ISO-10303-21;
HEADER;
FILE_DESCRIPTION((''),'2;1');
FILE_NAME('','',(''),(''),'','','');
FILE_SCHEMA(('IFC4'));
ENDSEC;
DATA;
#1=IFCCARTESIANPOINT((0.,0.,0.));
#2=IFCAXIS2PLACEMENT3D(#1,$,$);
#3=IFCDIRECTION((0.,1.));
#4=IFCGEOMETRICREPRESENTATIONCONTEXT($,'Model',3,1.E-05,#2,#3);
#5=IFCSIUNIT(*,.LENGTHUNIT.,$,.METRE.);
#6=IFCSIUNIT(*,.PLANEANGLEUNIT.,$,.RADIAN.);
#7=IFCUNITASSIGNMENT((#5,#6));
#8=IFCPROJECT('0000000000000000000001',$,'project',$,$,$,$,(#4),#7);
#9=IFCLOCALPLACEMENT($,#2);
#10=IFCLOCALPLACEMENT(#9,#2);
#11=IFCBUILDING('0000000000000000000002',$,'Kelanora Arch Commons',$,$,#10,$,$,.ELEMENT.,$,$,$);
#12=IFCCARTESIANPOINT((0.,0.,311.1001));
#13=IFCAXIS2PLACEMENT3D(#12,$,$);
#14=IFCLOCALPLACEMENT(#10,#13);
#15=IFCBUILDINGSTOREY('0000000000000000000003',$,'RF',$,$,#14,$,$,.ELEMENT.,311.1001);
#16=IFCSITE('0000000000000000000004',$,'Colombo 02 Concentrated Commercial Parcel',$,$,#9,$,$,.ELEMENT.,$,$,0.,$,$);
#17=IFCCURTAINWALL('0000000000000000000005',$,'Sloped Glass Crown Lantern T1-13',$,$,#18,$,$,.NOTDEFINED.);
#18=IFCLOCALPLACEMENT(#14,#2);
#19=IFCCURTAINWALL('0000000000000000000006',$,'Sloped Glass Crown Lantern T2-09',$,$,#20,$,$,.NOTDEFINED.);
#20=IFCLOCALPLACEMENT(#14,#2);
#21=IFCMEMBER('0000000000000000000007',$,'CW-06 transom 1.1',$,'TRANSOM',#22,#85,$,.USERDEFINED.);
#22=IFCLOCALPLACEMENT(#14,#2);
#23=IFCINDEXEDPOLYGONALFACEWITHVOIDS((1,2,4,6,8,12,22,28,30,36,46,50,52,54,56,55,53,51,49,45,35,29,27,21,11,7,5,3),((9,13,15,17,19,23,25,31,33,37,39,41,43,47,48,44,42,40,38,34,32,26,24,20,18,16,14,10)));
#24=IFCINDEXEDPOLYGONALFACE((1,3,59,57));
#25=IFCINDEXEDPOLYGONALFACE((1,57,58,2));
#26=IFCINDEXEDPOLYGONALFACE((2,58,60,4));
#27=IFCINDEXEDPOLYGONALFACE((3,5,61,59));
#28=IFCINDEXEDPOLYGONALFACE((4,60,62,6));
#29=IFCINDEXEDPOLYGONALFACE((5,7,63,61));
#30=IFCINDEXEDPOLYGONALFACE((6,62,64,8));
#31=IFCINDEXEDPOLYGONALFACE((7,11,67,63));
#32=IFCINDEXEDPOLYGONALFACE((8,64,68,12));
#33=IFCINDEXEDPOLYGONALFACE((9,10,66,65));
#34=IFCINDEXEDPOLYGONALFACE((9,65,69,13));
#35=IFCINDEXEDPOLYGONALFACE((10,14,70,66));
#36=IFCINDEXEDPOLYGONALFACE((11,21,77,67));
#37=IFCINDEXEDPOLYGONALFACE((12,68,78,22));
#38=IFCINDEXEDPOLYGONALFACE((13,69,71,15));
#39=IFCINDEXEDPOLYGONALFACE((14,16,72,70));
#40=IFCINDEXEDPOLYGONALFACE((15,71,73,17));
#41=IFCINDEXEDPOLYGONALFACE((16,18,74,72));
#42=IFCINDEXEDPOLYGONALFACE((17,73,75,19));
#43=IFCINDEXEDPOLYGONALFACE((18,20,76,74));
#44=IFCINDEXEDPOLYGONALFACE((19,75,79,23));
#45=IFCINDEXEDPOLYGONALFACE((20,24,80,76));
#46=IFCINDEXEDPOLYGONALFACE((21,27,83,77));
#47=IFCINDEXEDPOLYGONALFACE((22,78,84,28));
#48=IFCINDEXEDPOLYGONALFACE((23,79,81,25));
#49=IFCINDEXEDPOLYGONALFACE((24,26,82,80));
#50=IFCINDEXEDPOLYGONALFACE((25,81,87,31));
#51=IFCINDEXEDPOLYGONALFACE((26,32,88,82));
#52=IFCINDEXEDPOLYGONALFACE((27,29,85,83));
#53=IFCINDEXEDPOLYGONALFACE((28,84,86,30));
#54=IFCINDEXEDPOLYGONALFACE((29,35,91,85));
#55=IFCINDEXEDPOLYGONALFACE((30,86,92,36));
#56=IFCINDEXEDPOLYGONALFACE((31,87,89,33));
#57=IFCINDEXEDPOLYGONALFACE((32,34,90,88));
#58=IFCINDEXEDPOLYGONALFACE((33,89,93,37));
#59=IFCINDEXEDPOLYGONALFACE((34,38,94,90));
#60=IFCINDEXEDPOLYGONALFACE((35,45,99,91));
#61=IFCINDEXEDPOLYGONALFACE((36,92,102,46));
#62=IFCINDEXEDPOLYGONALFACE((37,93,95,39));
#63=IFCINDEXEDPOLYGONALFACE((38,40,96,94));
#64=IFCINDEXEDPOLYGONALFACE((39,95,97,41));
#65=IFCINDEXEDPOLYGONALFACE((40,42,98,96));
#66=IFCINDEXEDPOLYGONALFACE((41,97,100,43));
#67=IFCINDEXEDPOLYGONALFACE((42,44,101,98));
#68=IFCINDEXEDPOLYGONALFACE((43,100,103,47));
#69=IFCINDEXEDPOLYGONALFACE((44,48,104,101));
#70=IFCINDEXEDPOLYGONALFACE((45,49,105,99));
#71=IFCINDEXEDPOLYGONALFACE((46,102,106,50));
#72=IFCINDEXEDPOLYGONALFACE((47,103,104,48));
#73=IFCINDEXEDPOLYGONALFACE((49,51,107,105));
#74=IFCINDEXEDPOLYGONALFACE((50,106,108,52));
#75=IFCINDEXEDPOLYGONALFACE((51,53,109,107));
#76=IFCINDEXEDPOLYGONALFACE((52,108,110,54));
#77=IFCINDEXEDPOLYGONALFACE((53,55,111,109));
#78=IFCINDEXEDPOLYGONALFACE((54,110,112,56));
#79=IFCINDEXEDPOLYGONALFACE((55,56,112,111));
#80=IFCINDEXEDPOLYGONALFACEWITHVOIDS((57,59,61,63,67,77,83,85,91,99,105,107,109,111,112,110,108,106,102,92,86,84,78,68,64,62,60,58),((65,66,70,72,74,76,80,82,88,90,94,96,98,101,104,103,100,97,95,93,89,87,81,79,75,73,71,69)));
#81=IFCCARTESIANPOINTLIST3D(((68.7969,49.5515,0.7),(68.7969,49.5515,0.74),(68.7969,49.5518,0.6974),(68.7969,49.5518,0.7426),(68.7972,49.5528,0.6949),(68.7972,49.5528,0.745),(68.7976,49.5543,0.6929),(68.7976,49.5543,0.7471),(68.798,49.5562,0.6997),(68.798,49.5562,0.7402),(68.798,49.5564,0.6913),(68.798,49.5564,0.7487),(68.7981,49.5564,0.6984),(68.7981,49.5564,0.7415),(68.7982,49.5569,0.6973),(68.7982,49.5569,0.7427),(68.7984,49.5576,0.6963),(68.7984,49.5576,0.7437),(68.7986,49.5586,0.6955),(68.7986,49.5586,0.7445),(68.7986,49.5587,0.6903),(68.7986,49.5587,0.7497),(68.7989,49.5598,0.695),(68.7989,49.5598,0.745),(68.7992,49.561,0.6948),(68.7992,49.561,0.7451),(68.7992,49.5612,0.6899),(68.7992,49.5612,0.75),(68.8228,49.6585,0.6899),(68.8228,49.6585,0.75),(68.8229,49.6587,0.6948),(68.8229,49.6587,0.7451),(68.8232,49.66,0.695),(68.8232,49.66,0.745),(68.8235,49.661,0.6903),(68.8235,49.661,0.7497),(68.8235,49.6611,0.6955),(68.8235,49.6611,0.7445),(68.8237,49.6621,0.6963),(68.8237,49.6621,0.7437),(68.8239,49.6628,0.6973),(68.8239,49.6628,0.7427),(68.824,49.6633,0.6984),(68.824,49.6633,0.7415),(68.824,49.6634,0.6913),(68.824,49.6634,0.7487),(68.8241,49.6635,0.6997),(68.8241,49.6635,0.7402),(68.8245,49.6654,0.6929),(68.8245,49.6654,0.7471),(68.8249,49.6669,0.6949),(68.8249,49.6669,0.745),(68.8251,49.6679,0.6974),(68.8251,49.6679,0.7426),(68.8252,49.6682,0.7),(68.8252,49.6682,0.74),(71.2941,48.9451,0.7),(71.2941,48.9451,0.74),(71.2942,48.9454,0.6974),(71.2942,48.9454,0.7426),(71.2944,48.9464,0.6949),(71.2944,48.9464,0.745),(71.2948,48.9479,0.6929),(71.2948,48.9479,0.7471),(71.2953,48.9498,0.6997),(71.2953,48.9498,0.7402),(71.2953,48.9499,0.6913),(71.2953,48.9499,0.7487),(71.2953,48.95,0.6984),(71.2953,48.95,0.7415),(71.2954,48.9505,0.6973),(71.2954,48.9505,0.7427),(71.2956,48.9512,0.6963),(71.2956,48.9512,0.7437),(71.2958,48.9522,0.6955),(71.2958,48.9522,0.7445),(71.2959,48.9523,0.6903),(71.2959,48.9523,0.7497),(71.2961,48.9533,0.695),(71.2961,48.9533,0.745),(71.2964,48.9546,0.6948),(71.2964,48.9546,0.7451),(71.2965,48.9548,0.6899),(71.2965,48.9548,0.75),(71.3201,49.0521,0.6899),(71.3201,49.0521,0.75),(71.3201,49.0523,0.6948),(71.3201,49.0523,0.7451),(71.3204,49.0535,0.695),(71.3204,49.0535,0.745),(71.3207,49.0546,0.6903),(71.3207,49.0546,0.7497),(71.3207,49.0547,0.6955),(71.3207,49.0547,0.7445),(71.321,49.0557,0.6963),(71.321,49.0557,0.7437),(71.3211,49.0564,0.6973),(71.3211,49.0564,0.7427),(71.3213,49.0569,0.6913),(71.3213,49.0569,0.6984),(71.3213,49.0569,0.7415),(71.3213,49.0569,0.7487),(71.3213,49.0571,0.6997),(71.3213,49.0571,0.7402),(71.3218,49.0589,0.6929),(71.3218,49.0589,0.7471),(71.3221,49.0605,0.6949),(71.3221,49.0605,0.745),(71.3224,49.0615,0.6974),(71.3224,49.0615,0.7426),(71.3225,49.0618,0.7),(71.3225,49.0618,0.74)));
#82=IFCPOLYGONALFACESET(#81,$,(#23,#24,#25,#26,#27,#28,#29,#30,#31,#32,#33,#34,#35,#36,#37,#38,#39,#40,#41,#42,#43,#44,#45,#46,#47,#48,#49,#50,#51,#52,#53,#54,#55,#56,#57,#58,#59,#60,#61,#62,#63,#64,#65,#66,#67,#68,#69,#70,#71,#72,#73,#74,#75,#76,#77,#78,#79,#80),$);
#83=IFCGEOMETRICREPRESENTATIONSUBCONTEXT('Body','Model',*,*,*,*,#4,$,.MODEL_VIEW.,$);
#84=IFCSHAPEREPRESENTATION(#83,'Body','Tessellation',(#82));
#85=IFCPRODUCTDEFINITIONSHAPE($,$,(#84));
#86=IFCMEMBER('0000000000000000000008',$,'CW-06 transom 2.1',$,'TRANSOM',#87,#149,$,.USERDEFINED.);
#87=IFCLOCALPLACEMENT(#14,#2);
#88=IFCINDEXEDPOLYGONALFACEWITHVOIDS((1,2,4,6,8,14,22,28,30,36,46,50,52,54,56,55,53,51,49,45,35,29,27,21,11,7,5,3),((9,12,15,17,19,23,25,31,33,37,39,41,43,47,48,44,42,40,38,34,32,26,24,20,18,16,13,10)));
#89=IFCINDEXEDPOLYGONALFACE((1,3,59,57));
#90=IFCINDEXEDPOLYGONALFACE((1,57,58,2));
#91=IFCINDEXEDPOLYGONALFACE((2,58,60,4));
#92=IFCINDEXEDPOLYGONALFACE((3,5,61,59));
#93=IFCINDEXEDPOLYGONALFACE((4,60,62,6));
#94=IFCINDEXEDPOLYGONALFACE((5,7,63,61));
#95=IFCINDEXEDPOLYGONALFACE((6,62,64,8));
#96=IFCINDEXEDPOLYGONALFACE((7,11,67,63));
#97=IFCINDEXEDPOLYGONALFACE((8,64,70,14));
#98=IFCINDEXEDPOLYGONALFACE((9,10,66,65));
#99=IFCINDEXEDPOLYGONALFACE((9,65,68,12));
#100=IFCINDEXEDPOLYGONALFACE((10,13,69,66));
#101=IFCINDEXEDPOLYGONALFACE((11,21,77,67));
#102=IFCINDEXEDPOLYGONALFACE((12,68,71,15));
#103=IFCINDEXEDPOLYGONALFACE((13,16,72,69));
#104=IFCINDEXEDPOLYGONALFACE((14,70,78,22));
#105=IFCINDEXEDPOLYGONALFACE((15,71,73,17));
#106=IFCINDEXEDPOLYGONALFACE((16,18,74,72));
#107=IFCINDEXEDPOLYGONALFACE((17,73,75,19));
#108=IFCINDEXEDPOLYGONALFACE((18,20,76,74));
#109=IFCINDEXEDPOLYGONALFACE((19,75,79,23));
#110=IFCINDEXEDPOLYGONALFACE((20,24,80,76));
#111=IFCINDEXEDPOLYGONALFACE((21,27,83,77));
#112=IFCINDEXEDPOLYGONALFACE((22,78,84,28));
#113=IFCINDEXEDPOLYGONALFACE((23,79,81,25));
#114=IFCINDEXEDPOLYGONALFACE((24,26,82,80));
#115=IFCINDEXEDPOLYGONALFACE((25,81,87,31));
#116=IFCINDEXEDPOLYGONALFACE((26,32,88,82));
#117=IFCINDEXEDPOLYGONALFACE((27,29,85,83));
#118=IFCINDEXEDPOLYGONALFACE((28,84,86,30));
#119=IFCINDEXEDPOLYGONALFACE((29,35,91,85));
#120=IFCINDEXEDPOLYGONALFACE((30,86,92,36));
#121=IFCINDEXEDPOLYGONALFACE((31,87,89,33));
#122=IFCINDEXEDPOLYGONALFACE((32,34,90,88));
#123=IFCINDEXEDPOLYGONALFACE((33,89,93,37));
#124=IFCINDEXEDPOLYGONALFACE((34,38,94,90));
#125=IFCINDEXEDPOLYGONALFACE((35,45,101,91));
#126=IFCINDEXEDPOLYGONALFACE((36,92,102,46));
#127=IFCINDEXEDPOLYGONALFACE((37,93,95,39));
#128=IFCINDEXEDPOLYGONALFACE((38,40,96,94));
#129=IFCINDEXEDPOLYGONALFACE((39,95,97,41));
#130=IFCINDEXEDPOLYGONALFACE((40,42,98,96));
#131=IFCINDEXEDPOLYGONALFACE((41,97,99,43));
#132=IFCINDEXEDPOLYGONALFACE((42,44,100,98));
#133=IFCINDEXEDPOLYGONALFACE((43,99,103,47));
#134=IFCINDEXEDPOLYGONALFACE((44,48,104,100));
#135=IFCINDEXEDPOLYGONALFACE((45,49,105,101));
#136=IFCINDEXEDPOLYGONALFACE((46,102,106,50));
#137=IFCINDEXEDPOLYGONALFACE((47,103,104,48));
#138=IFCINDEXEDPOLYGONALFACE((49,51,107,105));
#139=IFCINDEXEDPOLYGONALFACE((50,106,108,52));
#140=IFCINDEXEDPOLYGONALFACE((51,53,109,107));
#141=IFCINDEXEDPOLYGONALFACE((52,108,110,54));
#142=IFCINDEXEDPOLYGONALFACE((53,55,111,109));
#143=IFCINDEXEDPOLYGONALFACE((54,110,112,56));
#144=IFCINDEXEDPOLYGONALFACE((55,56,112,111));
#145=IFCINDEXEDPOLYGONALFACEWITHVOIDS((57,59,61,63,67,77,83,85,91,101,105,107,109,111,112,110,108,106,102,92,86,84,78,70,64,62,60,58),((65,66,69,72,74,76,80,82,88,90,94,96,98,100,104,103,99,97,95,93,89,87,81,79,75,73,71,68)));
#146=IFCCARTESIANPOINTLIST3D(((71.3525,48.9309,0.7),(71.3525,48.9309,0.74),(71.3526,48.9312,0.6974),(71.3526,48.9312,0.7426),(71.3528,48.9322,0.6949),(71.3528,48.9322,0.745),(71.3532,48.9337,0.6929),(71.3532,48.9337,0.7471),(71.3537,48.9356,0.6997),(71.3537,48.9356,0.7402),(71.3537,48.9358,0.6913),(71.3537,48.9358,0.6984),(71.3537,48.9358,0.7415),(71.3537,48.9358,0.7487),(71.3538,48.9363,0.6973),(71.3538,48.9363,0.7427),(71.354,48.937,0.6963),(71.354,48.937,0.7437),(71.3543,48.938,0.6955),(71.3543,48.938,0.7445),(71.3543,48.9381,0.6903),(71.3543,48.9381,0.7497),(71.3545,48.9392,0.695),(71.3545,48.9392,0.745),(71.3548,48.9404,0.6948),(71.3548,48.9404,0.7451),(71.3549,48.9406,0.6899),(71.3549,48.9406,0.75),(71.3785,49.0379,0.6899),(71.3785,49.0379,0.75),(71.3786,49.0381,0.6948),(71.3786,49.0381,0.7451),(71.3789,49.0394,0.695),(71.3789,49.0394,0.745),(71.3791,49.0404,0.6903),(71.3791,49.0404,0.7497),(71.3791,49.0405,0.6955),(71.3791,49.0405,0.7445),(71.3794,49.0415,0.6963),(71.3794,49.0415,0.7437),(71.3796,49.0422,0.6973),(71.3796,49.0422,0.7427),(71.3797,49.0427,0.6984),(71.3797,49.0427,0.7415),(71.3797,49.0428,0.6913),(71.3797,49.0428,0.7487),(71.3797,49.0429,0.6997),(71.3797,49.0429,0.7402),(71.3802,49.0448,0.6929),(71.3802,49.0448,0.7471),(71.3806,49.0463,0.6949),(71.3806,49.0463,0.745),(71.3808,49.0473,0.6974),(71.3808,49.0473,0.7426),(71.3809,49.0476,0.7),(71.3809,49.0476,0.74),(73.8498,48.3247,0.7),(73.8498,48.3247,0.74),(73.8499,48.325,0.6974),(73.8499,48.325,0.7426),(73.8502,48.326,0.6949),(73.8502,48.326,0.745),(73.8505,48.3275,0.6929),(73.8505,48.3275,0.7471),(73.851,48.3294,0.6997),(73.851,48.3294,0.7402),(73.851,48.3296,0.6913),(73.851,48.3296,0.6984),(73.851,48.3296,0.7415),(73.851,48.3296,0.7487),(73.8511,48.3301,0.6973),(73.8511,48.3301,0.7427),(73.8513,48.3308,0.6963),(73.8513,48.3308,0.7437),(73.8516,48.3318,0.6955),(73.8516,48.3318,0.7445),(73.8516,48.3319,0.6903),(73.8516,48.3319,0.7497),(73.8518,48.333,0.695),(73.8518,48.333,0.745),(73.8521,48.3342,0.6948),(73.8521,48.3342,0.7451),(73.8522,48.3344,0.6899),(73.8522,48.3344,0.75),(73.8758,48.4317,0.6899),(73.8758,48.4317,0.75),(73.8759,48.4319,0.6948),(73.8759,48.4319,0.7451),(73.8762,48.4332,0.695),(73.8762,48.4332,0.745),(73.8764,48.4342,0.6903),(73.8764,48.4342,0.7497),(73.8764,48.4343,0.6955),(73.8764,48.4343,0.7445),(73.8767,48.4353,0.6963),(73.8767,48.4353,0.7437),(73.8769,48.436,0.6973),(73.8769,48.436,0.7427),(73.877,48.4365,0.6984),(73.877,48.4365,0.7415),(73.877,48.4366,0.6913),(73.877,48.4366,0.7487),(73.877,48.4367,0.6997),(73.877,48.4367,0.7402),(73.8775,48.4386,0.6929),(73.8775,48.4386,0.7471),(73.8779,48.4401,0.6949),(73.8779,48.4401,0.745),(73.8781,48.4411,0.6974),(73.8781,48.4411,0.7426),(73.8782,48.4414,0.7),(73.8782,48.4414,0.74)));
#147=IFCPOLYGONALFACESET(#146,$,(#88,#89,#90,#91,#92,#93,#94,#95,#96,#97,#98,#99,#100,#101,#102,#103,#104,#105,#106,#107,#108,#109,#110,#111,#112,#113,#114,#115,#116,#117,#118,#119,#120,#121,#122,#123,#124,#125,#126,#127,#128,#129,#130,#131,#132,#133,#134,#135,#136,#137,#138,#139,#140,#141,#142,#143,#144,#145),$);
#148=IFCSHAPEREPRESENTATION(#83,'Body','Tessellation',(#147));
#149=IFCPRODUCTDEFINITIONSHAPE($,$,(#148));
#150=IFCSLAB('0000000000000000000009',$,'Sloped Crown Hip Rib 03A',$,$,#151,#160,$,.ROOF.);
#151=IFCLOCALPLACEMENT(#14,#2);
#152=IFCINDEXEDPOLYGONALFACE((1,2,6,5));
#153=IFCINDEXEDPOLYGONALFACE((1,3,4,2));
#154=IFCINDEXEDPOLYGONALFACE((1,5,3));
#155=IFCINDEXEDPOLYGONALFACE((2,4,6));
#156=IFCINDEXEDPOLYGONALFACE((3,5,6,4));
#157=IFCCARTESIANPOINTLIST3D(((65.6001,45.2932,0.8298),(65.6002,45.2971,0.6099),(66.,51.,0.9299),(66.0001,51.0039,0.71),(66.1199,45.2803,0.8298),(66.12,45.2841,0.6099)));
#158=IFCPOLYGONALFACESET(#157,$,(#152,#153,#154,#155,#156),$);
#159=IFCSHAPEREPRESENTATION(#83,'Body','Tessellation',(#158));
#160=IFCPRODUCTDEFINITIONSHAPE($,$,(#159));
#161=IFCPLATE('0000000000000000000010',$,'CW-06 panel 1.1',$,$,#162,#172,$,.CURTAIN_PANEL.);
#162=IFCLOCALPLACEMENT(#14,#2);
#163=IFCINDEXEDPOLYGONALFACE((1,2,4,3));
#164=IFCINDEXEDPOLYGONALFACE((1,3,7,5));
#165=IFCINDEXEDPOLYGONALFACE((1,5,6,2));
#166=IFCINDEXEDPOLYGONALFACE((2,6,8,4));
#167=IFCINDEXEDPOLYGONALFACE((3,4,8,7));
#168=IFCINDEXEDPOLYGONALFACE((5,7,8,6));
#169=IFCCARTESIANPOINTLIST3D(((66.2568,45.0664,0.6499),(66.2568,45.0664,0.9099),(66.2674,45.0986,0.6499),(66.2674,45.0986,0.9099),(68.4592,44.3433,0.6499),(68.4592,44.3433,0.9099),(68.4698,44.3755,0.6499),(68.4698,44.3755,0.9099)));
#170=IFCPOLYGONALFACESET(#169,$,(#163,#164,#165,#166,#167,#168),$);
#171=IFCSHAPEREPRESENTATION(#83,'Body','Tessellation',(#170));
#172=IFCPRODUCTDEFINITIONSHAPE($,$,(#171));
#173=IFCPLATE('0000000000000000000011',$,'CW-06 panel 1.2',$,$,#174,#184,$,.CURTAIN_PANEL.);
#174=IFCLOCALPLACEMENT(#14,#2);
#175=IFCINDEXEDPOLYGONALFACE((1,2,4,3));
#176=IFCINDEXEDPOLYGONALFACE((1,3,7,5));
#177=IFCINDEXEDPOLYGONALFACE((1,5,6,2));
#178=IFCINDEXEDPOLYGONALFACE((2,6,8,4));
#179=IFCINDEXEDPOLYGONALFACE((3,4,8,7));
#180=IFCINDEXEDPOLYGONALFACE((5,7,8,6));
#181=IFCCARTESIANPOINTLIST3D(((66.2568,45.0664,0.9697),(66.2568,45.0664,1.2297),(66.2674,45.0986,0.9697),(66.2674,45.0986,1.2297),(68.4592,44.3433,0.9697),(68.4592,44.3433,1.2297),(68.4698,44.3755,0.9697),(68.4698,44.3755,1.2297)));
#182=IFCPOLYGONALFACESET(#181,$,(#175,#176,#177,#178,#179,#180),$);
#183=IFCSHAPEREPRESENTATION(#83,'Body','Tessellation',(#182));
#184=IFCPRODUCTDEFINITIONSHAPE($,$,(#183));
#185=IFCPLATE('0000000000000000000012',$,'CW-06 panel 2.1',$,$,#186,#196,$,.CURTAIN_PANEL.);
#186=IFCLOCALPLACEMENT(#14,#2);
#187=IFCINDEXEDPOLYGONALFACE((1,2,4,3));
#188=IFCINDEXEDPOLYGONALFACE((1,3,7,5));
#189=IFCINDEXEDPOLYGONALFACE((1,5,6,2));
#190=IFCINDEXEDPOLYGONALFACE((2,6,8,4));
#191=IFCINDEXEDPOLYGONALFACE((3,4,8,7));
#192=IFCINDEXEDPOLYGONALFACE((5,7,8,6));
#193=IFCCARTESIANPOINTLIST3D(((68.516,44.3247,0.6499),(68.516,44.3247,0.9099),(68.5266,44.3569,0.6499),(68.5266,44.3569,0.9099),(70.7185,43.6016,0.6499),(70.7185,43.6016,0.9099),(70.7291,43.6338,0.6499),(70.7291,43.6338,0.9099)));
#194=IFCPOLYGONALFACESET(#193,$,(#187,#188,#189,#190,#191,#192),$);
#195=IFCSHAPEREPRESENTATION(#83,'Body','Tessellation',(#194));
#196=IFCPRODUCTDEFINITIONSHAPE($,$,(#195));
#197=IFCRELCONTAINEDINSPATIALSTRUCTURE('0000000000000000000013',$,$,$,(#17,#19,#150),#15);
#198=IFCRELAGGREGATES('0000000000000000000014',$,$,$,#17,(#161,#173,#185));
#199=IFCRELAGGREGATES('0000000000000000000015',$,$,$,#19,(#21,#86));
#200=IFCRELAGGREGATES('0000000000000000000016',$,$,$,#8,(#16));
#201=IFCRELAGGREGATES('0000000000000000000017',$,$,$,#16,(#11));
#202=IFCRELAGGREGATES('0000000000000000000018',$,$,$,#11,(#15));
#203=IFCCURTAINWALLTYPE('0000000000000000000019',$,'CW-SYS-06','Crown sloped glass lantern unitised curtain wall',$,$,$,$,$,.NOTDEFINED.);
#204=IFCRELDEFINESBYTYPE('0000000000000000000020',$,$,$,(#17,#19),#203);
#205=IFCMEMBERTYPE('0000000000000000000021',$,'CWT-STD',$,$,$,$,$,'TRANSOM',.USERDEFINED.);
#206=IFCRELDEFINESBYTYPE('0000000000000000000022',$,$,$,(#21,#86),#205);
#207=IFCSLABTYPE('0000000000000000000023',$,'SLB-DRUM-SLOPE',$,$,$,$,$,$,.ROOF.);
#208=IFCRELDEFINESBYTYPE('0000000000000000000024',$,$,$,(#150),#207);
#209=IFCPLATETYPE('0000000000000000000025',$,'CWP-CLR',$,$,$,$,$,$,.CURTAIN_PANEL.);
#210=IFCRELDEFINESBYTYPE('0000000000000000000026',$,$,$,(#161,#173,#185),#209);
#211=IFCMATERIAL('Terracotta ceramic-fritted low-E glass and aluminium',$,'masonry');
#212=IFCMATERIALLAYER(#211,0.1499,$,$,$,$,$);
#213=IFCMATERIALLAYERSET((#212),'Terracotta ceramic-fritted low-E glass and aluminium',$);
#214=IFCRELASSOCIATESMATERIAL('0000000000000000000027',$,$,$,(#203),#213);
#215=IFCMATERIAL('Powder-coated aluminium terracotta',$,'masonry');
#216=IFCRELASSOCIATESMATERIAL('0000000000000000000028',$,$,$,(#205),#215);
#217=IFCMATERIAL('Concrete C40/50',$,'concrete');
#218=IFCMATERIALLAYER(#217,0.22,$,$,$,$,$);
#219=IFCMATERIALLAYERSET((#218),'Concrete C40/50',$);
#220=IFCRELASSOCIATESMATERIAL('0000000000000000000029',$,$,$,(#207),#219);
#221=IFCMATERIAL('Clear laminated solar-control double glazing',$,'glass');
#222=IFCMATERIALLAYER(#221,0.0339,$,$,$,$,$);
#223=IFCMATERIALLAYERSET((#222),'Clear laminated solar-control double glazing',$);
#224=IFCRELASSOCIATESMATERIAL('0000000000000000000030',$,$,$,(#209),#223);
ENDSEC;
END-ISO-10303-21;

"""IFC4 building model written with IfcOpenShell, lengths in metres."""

from ifc_helpers import new_model, si_unit, direction, frame, origin, origin_2d, place, context, subcontext, project, spatial, polyline, rectangle, hollow_rectangle, outline, extrude, source, transform, mapped, material, layer, layer_set, material_profile, profile_set, type_object, element, aggregate, save


model = new_model("IFC4")

# Units and contexts
model_context = context("Model", 3, precision=1e-05, world=origin(), true_north=direction((0.0, 1.0)))
body_context = subcontext(model_context, "Body", "Model", "MODEL_VIEW")
ifc_project = project(units=[si_unit("LENGTHUNIT", "METRE"), si_unit("PLANEANGLEUNIT", "RADIAN")], contexts=[model_context])

# Site, building, storey
site_placement = place(None, origin())
site = spatial("IfcSite", under=ifc_project, at=site_placement, Name="Colombo 02 Concentrated Commercial Parcel", CompositionType="ELEMENT", RefElevation=0.0)
building_placement = place(site_placement, origin())
building = spatial("IfcBuilding", under=site, at=building_placement, Name="Kelanora Arch Commons", CompositionType="ELEMENT")
storey_placement = place(building_placement, frame((0.0, 0.0, 311.1001)))
storey = spatial("IfcBuildingStorey", under=building, at=storey_placement, Name="RF", CompositionType="ELEMENT", Elevation=311.1001)

# Curtain wall
ifc_material_1 = material(Name="Terracotta ceramic-fritted low-E glass and aluminium", Category="masonry")
ifc_layer_1 = layer(ifc_material_1, 0.1499)
ifc_layer_set_1 = layer_set([ifc_layer_1], Name="Terracotta ceramic-fritted low-E glass and aluminium")
curtain_wall_type = type_object("IfcCurtainWallType", Name="CW-SYS-06", Description="Crown sloped glass lantern unitised curtain wall", PredefinedType="NOTDEFINED", material=ifc_layer_set_1)
curtain_wall_1_placement = place(storey_placement, origin())
curtain_wall_1 = element("IfcCurtainWall", 1, at=curtain_wall_1_placement, inside=storey, type_object=curtain_wall_type, Name="Sloped Glass Crown Lantern T1-13", PredefinedType="NOTDEFINED")
ifc_material_2 = material(Name="Powder-coated aluminium terracotta", Category="masonry")

# Curtain wall
curtain_wall_2_placement = place(storey_placement, origin())
curtain_wall_2 = element("IfcCurtainWall", 2, at=curtain_wall_2_placement, inside=storey, type_object=curtain_wall_type, Name="Sloped Glass Crown Lantern T2-09", PredefinedType="NOTDEFINED")

# Members
ifc_material_profile_1 = material_profile(ifc_material_2, hollow_rectangle(XDim=0.1201, YDim=0.0601, WallThickness=0.0049, InnerFilletRadius=0.0049, OuterFilletRadius=0.01, at=origin_2d()), Name="CWT120x60")
ifc_profile_set_1 = profile_set([ifc_material_profile_1], Name="Powder-coated aluminium terracotta")
member_type_1 = type_object("IfcMemberType", Name="CWT-STD", ElementType="TRANSOM", PredefinedType="USERDEFINED", material=ifc_profile_set_1)
member_1_placement = place(storey_placement, frame((68.811, 49.6099, 0.72), z_axis=(0.971758, -0.235981, 0.0), x_axis=(0.235981, 0.971758, 0.0)))
member_1 = element("IfcMember", 3, at=member_1_placement, type_object=member_type_1, Name="CW-06 transom 1.1", ObjectType="TRANSOM", PredefinedType="USERDEFINED", context=body_context, shape_type="SweptSolid", body=[
    extrude(hollow_rectangle(XDim=0.1201, YDim=0.0601, WallThickness=0.0049, InnerFilletRadius=0.0049, OuterFilletRadius=0.01, at=origin_2d()), origin(), (0.0, 0.0, 1.0), 2.5698),
])
member_2_placement = place(storey_placement, frame((71.3667, 48.9893, 0.72), z_axis=(0.97178, -0.235891, 0.0), x_axis=(0.235891, 0.97178, 0.0)))
member_2 = element("IfcMember", 4, at=member_2_placement, type_object=member_type_1, Name="CW-06 transom 2.1", ObjectType="TRANSOM", PredefinedType="USERDEFINED", context=body_context, shape_type="SweptSolid", body=[
    extrude(hollow_rectangle(XDim=0.1201, YDim=0.0601, WallThickness=0.0049, InnerFilletRadius=0.0049, OuterFilletRadius=0.01, at=origin_2d()), origin(), (0.0, 0.0, 1.0), 2.5698),
])

# Slab
ifc_material_3 = material(Name="Concrete C40/50", Category="concrete")
ifc_layer_2 = layer(ifc_material_3, 0.22)
ifc_layer_set_2 = layer_set([ifc_layer_2], Name="Concrete C40/50")
slab_type = type_object("IfcSlabType", Name="SLB-DRUM-SLOPE", PredefinedType="ROOF", material=ifc_layer_set_2)
slab_placement = place(storey_placement, frame((66.1199, 45.2803, 0.8298), z_axis=(-0.000436, -0.017507, 0.999847), x_axis=(-0.99969, 0.024887, 0.0)))
element("IfcSlab", 5, at=slab_placement, inside=storey, type_object=slab_type, Name="Sloped Crown Hip Rib 03A", PredefinedType="ROOF", context=body_context, shape_type="SweptSolid", body=[
    extrude(outline(polyline([(0.0, 0.0), (0.5199, 0.0), (0.2622, -5.7158), (0.0, 0.0)])), origin(), (0.0, 0.0, -1.0), 0.22),
])

# Plates
ifc_material_4 = material(Name="Clear laminated solar-control double glazing", Category="glass")
ifc_layer_3 = layer(ifc_material_4, 0.0339)
ifc_layer_set_3 = layer_set([ifc_layer_3], Name="Clear laminated solar-control double glazing")
plate_type = type_object("IfcPlateType", Name="CWP-CLR", PredefinedType="CURTAIN_PANEL", material=ifc_layer_set_3)
shared_shape_1 = source(origin(), body_context, "Body", "SweptSolid", [
    extrude(rectangle(XDim=2.3181, YDim=0.0339, at=origin_2d()), origin(), (0.0, 0.0, 1.0), 0.26),
])
plate_1_placement = place(storey_placement, frame((67.3633, 44.7209, 0.6499), z_axis=(0.0, 0.0, 1.0), x_axis=(0.9501, -0.311945, 0.0)))
plate_1 = element("IfcPlate", 6, at=plate_1_placement, type_object=plate_type, Name="CW-06 panel 1.1", PredefinedType="CURTAIN_PANEL", context=body_context, shape_type="MappedRepresentation", body=[
    mapped(shared_shape_1, transform((0.0, 0.0, 0.0), scale=1.0)),
])
plate_2_placement = place(storey_placement, frame((67.3633, 44.7209, 0.9697), z_axis=(0.0, 0.0, 1.0), x_axis=(0.9501, -0.311945, 0.0)))
plate_2 = element("IfcPlate", 7, at=plate_2_placement, type_object=plate_type, Name="CW-06 panel 1.2", PredefinedType="CURTAIN_PANEL", context=body_context, shape_type="MappedRepresentation", body=[
    mapped(shared_shape_1, transform((0.0, 0.0, 0.0), scale=1.0)),
])
plate_3_placement = place(storey_placement, frame((69.6226, 43.9792, 0.6499), z_axis=(0.0, 0.0, 1.0), x_axis=(0.9501, -0.311945, 0.0)))
plate_3 = element("IfcPlate", 8, at=plate_3_placement, type_object=plate_type, Name="CW-06 panel 2.1", PredefinedType="CURTAIN_PANEL", context=body_context, shape_type="MappedRepresentation", body=[
    mapped(shared_shape_1, transform((0.0, 0.0, 0.0), scale=1.0)),
])
aggregate(curtain_wall_1, [plate_1, plate_2, plate_3])
aggregate(curtain_wall_2, [member_1, member_2])

save(model, "model.ifc")
